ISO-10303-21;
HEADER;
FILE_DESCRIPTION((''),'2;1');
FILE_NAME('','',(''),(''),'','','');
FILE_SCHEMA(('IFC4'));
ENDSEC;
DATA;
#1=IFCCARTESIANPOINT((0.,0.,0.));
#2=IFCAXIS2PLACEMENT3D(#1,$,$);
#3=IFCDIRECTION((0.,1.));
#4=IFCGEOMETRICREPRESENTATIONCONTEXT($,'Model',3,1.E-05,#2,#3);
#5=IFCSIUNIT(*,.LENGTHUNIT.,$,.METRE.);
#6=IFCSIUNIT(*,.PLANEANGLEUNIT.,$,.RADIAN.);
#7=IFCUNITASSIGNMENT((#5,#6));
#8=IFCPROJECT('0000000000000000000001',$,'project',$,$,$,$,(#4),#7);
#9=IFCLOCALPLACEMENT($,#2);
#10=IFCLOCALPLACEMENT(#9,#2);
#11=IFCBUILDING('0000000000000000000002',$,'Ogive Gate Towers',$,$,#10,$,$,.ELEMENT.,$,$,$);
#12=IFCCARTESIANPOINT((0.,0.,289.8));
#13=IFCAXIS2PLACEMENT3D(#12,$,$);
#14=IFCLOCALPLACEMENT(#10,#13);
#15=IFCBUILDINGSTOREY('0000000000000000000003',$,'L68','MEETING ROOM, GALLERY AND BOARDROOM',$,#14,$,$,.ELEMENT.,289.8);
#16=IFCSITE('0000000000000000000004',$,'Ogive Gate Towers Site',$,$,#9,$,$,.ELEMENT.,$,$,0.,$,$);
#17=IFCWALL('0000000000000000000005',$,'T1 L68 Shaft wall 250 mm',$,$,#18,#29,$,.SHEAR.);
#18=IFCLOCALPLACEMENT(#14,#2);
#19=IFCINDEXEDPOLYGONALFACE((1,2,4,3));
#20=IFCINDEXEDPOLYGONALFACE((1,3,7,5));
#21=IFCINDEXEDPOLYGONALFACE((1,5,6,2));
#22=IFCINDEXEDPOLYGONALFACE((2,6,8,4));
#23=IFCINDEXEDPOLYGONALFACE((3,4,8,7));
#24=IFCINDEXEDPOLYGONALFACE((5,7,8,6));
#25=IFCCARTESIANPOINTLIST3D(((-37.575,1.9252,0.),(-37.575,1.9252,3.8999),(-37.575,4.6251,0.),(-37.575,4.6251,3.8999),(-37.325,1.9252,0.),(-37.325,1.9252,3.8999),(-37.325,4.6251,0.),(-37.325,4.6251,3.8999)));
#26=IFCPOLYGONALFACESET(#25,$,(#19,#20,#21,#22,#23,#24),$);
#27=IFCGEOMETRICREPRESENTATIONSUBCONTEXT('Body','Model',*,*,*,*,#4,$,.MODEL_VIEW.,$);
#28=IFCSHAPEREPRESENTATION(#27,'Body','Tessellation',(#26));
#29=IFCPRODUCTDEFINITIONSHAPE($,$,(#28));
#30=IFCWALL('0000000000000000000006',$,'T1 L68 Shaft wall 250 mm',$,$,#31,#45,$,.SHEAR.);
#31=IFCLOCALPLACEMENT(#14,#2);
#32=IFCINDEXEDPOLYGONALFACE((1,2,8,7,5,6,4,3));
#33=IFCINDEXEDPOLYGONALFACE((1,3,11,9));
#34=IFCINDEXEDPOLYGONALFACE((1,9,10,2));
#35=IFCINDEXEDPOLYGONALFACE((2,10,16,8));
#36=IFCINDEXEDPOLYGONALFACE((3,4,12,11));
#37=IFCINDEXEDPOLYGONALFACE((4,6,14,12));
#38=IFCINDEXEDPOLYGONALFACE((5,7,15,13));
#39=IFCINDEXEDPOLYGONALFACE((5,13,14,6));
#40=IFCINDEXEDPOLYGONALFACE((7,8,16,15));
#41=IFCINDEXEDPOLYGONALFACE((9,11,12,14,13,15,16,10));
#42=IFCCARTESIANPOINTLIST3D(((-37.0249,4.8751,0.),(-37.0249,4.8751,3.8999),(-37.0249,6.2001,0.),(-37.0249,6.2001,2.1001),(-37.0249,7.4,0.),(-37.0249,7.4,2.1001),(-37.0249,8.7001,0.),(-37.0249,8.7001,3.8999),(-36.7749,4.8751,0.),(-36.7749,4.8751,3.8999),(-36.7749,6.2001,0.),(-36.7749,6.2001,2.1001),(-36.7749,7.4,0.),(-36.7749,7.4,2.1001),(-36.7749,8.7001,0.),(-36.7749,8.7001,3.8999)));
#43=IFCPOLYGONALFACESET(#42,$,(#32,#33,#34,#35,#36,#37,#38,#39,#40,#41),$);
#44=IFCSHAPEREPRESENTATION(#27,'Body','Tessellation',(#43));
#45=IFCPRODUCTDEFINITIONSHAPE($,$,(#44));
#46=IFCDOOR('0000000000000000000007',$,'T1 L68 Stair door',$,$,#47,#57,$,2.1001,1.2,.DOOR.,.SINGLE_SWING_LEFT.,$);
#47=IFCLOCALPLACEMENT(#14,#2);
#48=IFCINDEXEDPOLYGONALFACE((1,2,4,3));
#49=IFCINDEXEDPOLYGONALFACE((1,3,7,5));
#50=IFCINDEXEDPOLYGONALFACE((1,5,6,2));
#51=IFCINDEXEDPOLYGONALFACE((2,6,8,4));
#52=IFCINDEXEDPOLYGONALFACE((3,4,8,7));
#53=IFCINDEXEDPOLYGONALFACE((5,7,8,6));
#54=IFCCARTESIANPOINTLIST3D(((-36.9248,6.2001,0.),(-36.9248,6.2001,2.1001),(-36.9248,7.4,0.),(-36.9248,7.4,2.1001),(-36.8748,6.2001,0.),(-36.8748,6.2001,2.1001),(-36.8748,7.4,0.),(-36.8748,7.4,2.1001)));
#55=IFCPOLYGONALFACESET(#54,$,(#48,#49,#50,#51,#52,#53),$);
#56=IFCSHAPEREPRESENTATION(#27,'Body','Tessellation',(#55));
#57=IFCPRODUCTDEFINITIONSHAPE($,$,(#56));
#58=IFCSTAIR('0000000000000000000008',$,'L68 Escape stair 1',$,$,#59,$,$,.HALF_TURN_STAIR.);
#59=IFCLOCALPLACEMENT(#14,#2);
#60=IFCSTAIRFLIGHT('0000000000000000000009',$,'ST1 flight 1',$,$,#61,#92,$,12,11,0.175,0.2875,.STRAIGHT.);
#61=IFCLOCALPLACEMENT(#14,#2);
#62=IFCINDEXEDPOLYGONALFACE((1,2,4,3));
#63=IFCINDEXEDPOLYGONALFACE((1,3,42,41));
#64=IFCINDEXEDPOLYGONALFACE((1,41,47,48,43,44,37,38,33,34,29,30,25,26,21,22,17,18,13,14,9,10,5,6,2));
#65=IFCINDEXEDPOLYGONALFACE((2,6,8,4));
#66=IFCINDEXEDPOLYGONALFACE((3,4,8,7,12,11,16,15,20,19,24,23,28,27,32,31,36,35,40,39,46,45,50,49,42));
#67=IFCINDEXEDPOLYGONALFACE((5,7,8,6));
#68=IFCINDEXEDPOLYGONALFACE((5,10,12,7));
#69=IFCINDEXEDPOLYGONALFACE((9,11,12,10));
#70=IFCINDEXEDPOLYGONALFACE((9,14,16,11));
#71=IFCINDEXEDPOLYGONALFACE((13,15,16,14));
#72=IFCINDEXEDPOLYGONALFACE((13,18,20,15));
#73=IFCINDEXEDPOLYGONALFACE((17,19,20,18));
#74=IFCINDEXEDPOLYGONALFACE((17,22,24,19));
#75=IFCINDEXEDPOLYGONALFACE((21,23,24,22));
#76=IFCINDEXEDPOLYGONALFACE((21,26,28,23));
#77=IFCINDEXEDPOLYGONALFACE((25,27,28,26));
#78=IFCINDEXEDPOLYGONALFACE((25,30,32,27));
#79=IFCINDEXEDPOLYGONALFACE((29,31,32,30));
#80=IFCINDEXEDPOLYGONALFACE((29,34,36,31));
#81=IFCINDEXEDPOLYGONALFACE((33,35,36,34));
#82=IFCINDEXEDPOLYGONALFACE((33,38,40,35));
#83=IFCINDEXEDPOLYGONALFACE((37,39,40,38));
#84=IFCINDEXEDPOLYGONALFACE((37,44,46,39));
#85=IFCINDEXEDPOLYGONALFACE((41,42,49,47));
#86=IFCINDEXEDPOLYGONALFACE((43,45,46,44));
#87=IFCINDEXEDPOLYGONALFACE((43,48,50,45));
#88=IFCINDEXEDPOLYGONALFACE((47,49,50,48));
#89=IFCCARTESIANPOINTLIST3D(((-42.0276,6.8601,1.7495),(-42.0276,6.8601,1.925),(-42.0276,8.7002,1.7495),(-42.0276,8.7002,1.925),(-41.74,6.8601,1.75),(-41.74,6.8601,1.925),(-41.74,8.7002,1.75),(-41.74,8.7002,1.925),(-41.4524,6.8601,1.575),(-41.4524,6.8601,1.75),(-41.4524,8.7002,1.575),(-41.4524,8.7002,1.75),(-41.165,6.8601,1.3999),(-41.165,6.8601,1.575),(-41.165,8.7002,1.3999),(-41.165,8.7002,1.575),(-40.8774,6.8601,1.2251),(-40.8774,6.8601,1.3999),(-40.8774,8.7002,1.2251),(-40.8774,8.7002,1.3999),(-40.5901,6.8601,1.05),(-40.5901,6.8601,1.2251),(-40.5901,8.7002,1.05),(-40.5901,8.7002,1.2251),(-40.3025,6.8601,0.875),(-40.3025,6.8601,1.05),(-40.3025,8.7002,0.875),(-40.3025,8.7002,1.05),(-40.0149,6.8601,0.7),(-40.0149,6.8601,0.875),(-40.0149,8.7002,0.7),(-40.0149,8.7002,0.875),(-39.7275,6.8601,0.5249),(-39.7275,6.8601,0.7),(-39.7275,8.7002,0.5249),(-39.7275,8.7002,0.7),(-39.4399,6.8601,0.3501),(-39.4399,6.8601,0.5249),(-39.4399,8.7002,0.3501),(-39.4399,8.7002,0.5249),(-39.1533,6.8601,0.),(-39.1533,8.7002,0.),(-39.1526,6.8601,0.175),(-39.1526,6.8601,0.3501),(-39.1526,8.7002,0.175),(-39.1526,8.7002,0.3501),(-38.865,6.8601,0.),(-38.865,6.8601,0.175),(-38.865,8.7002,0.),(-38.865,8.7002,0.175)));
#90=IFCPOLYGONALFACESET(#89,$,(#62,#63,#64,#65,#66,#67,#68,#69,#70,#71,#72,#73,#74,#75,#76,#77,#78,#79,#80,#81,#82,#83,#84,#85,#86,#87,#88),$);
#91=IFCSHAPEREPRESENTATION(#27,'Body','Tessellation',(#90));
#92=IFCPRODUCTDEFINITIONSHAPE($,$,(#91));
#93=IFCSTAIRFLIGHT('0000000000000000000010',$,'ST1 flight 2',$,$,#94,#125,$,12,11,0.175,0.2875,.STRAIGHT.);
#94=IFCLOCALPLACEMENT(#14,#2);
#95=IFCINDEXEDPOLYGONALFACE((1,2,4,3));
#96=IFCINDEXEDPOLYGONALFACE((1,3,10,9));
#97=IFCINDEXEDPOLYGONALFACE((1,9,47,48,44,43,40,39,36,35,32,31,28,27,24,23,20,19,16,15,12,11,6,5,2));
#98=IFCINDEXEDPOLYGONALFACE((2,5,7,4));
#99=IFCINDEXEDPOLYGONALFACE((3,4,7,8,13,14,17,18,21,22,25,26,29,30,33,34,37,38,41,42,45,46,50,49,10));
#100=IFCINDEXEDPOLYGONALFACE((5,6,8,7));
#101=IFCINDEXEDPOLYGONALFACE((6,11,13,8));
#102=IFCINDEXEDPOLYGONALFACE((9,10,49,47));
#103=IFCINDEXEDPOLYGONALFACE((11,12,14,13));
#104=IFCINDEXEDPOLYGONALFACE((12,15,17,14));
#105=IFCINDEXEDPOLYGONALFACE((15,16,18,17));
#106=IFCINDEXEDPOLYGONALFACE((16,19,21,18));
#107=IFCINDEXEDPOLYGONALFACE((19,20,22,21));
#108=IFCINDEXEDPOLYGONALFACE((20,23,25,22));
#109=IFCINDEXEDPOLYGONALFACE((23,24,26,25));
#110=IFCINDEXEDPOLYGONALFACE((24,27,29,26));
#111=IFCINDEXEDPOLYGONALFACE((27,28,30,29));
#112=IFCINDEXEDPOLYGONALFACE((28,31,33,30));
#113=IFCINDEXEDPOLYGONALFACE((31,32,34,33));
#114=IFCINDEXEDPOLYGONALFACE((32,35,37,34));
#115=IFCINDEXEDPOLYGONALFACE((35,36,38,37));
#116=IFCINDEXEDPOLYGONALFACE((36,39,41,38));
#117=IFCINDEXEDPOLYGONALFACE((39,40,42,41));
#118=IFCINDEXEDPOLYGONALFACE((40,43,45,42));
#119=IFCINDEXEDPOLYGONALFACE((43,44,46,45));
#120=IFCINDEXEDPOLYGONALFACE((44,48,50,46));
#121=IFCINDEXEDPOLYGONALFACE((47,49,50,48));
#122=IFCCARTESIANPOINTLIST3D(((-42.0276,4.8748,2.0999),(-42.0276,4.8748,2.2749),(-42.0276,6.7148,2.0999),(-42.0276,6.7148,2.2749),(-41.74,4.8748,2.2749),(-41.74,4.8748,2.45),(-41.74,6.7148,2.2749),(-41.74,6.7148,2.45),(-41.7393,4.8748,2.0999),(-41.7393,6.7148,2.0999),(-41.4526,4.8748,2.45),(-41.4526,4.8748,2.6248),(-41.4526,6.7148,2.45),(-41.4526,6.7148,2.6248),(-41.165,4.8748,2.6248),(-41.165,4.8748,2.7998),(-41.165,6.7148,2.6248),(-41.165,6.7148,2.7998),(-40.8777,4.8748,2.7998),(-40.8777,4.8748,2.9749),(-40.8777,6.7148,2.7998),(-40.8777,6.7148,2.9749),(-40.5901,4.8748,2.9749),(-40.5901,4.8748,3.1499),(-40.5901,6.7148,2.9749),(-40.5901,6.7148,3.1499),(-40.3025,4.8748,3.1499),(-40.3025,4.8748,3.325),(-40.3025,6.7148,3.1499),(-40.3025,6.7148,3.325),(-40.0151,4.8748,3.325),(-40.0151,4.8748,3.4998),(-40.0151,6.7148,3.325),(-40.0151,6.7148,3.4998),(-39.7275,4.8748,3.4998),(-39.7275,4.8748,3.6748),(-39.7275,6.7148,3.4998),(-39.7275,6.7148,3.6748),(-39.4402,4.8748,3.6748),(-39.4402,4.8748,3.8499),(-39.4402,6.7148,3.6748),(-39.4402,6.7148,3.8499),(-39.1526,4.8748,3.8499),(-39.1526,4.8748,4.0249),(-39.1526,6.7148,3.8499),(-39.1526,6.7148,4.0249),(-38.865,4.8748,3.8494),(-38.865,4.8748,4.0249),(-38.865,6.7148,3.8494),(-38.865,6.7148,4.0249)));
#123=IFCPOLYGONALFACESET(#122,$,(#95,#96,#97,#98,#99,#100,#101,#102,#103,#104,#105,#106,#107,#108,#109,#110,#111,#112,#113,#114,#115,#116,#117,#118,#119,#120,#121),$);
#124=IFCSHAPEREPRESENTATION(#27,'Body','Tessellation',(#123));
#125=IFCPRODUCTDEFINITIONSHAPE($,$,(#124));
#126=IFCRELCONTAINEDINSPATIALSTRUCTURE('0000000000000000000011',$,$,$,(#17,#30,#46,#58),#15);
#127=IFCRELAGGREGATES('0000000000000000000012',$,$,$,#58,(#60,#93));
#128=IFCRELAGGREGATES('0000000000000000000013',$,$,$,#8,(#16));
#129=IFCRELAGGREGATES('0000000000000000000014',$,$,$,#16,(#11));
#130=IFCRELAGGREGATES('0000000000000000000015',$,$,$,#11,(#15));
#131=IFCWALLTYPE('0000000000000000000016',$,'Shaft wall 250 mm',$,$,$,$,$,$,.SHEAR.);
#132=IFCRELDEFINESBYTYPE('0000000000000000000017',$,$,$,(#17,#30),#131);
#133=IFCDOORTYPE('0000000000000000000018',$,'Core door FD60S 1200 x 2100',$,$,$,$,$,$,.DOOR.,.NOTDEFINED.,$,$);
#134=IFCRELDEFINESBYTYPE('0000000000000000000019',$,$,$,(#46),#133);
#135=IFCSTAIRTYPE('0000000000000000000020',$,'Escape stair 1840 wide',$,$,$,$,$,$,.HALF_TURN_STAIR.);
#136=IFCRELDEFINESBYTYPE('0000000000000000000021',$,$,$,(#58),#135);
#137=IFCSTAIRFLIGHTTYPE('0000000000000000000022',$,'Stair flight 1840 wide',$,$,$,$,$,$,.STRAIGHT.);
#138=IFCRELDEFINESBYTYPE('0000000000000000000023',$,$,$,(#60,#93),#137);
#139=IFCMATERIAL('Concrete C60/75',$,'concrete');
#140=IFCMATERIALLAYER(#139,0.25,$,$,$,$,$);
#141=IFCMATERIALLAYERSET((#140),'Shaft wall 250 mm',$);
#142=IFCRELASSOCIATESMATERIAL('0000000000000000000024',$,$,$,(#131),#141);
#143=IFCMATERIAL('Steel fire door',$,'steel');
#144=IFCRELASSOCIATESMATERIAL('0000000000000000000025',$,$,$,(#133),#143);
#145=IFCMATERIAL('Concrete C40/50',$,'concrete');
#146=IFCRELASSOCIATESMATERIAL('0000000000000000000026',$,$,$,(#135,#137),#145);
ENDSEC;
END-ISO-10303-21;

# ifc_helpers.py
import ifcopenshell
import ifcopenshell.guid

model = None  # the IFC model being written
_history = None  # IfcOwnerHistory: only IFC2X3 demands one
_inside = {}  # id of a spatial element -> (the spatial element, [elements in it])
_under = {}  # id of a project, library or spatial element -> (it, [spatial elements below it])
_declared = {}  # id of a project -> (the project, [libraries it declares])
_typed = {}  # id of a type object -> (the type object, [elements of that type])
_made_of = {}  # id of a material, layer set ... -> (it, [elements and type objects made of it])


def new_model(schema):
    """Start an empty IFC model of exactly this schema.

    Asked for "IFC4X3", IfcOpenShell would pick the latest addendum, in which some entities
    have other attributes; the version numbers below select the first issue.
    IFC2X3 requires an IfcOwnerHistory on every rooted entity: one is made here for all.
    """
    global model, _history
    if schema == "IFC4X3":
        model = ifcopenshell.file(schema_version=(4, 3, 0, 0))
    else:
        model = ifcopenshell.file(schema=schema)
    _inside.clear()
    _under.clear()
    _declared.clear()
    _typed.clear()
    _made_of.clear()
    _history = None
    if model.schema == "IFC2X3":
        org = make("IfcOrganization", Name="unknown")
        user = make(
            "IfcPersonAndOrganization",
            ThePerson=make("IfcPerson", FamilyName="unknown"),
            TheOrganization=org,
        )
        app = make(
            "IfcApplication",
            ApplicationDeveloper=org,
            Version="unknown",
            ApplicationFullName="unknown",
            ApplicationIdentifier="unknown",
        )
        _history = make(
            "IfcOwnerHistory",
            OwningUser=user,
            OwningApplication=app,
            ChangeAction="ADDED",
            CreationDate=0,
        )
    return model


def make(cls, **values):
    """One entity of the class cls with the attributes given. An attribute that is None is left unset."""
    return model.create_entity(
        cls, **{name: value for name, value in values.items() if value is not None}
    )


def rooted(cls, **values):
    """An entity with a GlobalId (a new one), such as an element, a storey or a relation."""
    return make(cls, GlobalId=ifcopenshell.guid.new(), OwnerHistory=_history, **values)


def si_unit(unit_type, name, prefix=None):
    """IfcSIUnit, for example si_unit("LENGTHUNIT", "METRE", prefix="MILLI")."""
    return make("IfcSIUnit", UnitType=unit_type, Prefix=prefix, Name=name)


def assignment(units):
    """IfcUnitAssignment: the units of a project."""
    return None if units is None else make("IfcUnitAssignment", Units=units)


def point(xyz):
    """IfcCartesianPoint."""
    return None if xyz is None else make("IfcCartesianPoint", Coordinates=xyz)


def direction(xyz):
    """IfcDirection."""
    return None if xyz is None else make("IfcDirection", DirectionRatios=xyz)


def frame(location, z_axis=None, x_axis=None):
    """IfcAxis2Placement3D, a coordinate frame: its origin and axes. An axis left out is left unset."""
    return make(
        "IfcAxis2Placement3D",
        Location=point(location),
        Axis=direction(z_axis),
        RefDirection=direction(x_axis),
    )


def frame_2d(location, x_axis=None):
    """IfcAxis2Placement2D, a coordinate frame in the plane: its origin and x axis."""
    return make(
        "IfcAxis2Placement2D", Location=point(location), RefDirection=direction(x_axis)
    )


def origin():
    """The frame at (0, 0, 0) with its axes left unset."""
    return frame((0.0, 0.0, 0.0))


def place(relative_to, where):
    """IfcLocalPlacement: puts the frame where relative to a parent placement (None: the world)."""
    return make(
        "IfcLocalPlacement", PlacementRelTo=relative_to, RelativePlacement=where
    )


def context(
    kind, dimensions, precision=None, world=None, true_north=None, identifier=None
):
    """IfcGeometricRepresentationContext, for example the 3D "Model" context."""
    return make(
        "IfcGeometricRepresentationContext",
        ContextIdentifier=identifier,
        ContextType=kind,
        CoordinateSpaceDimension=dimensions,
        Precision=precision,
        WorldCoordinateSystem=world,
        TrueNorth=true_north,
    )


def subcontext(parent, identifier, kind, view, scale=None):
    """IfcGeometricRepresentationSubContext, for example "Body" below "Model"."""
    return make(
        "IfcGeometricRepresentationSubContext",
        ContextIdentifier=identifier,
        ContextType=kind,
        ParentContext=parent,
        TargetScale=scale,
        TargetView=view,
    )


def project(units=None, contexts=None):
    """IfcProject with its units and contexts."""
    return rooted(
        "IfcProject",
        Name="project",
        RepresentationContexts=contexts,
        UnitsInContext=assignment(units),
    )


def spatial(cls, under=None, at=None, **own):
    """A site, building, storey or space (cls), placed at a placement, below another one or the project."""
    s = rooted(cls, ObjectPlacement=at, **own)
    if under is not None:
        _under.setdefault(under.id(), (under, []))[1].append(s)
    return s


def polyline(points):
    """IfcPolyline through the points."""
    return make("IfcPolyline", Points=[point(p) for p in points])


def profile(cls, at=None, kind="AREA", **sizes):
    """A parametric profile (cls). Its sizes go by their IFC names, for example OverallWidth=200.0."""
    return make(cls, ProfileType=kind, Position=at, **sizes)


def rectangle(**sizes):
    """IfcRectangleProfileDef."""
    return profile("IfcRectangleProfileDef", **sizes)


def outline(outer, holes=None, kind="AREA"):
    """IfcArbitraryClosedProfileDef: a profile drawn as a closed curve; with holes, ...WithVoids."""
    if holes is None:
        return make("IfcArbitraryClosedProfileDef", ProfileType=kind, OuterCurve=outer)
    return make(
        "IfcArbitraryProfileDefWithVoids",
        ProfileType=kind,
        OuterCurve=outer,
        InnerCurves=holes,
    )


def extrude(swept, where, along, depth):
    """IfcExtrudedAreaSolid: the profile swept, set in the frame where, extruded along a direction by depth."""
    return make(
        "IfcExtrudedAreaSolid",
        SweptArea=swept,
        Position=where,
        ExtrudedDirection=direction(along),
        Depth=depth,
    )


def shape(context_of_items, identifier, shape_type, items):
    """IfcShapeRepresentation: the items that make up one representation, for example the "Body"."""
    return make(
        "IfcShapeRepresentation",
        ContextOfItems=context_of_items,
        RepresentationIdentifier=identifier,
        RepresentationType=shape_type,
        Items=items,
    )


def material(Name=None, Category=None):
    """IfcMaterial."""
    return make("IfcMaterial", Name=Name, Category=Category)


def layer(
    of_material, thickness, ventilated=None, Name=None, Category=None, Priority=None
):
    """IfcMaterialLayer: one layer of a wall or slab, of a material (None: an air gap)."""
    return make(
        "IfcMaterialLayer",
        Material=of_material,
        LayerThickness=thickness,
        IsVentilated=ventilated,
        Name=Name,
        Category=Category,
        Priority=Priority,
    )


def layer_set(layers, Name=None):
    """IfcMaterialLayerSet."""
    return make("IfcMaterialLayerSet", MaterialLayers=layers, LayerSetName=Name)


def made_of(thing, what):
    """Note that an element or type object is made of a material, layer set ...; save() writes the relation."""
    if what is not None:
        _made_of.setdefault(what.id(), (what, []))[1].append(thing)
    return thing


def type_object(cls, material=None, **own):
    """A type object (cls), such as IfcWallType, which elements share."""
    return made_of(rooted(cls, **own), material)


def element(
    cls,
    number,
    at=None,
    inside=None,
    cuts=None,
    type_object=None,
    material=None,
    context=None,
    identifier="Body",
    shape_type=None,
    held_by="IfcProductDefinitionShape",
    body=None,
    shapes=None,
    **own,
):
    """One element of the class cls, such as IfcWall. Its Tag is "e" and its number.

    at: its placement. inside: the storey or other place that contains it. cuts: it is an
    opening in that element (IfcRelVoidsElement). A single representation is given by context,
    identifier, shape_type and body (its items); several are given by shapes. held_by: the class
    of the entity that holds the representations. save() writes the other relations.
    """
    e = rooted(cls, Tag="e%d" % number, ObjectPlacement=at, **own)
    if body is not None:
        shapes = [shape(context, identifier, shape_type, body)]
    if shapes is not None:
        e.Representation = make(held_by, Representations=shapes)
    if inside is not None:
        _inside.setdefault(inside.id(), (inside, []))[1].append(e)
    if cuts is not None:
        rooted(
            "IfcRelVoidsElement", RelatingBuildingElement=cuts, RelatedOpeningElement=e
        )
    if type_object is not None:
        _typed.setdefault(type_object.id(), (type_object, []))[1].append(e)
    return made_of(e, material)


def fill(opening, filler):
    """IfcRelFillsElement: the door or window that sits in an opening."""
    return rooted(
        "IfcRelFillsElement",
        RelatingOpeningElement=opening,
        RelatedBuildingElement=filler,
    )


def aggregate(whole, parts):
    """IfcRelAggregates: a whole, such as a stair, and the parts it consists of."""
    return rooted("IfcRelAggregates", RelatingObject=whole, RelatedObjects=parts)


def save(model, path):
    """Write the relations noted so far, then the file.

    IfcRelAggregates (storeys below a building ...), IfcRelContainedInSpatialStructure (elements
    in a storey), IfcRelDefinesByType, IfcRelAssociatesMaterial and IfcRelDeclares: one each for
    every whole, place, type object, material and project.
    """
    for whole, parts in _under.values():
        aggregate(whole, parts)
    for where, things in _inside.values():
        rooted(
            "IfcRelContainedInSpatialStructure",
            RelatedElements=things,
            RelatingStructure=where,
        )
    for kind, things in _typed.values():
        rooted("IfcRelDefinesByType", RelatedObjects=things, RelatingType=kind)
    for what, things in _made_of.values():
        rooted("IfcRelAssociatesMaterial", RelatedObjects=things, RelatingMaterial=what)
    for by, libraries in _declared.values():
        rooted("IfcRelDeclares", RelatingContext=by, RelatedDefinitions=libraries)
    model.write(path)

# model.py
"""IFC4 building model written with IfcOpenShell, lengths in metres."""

from ifc_helpers import new_model, si_unit, direction, frame, frame_2d, origin, place, context, subcontext, project, spatial, polyline, rectangle, outline, extrude, material, layer, layer_set, type_object, element, fill, aggregate, save


model = new_model("IFC4")

# Units and contexts
model_context = context("Model", 3, precision=1e-05, world=origin(), true_north=direction((0.0, 1.0)))
body_context = subcontext(model_context, "Body", "Model", "MODEL_VIEW")
ifc_project = project(units=[si_unit("LENGTHUNIT", "METRE"), si_unit("PLANEANGLEUNIT", "RADIAN")], contexts=[model_context])

# Site, building, storey
site_placement = place(None, origin())
site = spatial("IfcSite", under=ifc_project, at=site_placement, Name="Ogive Gate Towers Site", CompositionType="ELEMENT", RefElevation=0.0)
building_placement = place(site_placement, origin())
building = spatial("IfcBuilding", under=site, at=building_placement, Name="Ogive Gate Towers", CompositionType="ELEMENT")
storey_placement = place(building_placement, frame((0.0, 0.0, 289.8)))
storey = spatial("IfcBuildingStorey", under=building, at=storey_placement, Name="L68", Description="MEETING ROOM, GALLERY AND BOARDROOM", CompositionType="ELEMENT", Elevation=289.8)

# Wall
ifc_material_1 = material(Name="Concrete C60/75", Category="concrete")
ifc_layer_1 = layer(ifc_material_1, 0.25)
ifc_layer_set_1 = layer_set([ifc_layer_1], Name="Shaft wall 250 mm")
wall_type_1 = type_object("IfcWallType", Name="Shaft wall 250 mm", PredefinedType="SHEAR", material=ifc_layer_set_1)
for number, where, z_axis, x_axis, name in (
    (1, (-37.45, 1.925, 0.0), (0.0, 0.0, 1.0), (0.0, 1.0, 0.0), "T1 L68 Shaft wall 250 mm"),
):
    element("IfcWall", number, at=place(storey_placement, frame(where, z_axis=z_axis, x_axis=x_axis)), inside=storey, type_object=wall_type_1, Name=name, PredefinedType="SHEAR", context=body_context, shape_type="SweptSolid", body=[
        extrude(rectangle(XDim=2.7, YDim=0.25, at=frame_2d((1.3501, 0.0))), origin(), (0.0, 0.0, 1.0), 3.8999),
    ])

# Wall, opening, door
wall_1_placement = place(storey_placement, frame((-36.8999, 4.875, 0.0), z_axis=(0.0, 0.0, 1.0), x_axis=(0.0, 1.0, 0.0)))
wall_1 = element("IfcWall", 2, at=wall_1_placement, inside=storey, type_object=wall_type_1, Name="T1 L68 Shaft wall 250 mm", PredefinedType="SHEAR", context=body_context, shape_type="SweptSolid", body=[
    extrude(rectangle(XDim=3.825, YDim=0.25, at=frame_2d((1.9126, 0.0))), origin(), (0.0, 0.0, 1.0), 3.8999),
])
opening_1_placement = place(wall_1_placement, frame((1.325, 0.0, 0.0)))
opening_1 = element("IfcOpeningElement", 3, at=opening_1_placement, cuts=wall_1, PredefinedType="OPENING", context=body_context, shape_type="SweptSolid", body=[
    extrude(rectangle(XDim=1.2, YDim=2.1001, at=frame_2d((0.6001, 1.05))), frame((0.0, 0.135, 0.0), z_axis=(0.0, -1.0, 0.0), x_axis=(1.0, 0.0, 0.0)), (0.0, 0.0, 1.0), 0.27),
])
ifc_material_2 = material(Name="Steel fire door", Category="steel")
door_type_1 = type_object("IfcDoorType", Name="Core door FD60S 1200 x 2100", OperationType="NOTDEFINED", PredefinedType="DOOR", material=ifc_material_2)
door_1_placement = place(opening_1_placement, origin())
door_1 = element("IfcDoor", 4, at=door_1_placement, inside=storey, type_object=door_type_1, Name="T1 L68 Stair door", OperationType="SINGLE_SWING_LEFT", OverallHeight=2.1001, OverallWidth=1.2, PredefinedType="DOOR", context=body_context, shape_type="SweptSolid", body=[
    extrude(rectangle(XDim=1.2, YDim=2.1001, at=frame_2d((0.6001, 1.05))), frame((0.0, 0.0249, 0.0), z_axis=(0.0, -1.0, 0.0), x_axis=(1.0, 0.0, 0.0)), (0.0, 0.0, 1.0), 0.05),
])
fill(opening_1, door_1)

# Stair, stair flights
ifc_material_3 = material(Name="Concrete C40/50", Category="concrete")
stair_type = type_object("IfcStairType", Name="Escape stair 1840 wide", PredefinedType="HALF_TURN_STAIR", material=ifc_material_3)
stair_placement = place(storey_placement, origin())
stair = element("IfcStair", 5, at=stair_placement, inside=storey, type_object=stair_type, Name="L68 Escape stair 1", PredefinedType="HALF_TURN_STAIR")
stair_flight_type = type_object("IfcStairFlightType", Name="Stair flight 1840 wide", PredefinedType="STRAIGHT", material=ifc_material_3)
stair_flight_1_placement = place(storey_placement, frame((-38.865, 7.78, 0.0), z_axis=(0.0, 0.0, 1.0), x_axis=(-1.0, 0.0, 0.0)))
stair_flight_1 = element("IfcStairFlight", 6, at=stair_flight_1_placement, type_object=stair_flight_type, Name="ST1 flight 1", NumberOfRisers=12, NumberOfTreads=11, PredefinedType="STRAIGHT", RiserHeight=0.175, TreadLength=0.2875, context=body_context, shape_type="SweptSolid", body=[
    extrude(outline(polyline([(0.0, 0.0), (0.0, 0.175), (0.2876, 0.175), (0.2876, 0.3501), (0.575, 0.3501), (0.575, 0.5249), (0.8625, 0.5249), (0.8625, 0.7), (1.1499, 0.7), (1.1499, 0.875), (1.4375, 0.875), (1.4375, 1.05), (1.7251, 1.05), (1.7251, 1.2251), (2.0125, 1.2251), (2.0125, 1.3999), (2.3, 1.3999), (2.3, 1.575), (2.5874, 1.575), (2.5874, 1.75), (2.875, 1.75), (2.875, 1.925), (3.1626, 1.925), (3.1626, 2.1001), (3.1626, 1.7495), (0.2883, 0.0), (0.0, 0.0)])), frame((0.0, 0.9199, 0.0), z_axis=(0.0, -1.0, 0.0), x_axis=(1.0, 0.0, 0.0)), (0.0, 0.0, 1.0), 1.8401),
])
stair_flight_2_placement = place(storey_placement, frame((-42.0276, 5.7949, 2.0999), z_axis=(0.0, 0.0, 1.0), x_axis=(1.0, 0.0, 0.0)))
stair_flight_2 = element("IfcStairFlight", 7, at=stair_flight_2_placement, type_object=stair_flight_type, Name="ST1 flight 2", NumberOfRisers=12, NumberOfTreads=11, PredefinedType="STRAIGHT", RiserHeight=0.175, TreadLength=0.2875, context=body_context, shape_type="SweptSolid", body=[
    extrude(outline(polyline([(0.0, 0.0), (0.0, 0.175), (0.2876, 0.175), (0.2876, 0.3501), (0.575, 0.3501), (0.575, 0.5249), (0.8625, 0.5249), (0.8625, 0.7), (1.1499, 0.7), (1.1499, 0.875), (1.4375, 0.875), (1.4375, 1.05), (1.7251, 1.05), (1.7251, 1.2251), (2.0125, 1.2251), (2.0125, 1.3999), (2.3, 1.3999), (2.3, 1.575), (2.5874, 1.575), (2.5874, 1.75), (2.875, 1.75), (2.875, 1.925), (3.1626, 1.925), (3.1626, 2.1001), (3.1626, 1.7495), (0.2883, 0.0), (0.0, 0.0)])), frame((0.0, 0.9199, 0.0), z_axis=(0.0, -1.0, 0.0), x_axis=(1.0, 0.0, 0.0)), (0.0, 0.0, 1.0), 1.8401),
])
aggregate(stair, [stair_flight_1, stair_flight_2])

save(model, "model.ifc")
